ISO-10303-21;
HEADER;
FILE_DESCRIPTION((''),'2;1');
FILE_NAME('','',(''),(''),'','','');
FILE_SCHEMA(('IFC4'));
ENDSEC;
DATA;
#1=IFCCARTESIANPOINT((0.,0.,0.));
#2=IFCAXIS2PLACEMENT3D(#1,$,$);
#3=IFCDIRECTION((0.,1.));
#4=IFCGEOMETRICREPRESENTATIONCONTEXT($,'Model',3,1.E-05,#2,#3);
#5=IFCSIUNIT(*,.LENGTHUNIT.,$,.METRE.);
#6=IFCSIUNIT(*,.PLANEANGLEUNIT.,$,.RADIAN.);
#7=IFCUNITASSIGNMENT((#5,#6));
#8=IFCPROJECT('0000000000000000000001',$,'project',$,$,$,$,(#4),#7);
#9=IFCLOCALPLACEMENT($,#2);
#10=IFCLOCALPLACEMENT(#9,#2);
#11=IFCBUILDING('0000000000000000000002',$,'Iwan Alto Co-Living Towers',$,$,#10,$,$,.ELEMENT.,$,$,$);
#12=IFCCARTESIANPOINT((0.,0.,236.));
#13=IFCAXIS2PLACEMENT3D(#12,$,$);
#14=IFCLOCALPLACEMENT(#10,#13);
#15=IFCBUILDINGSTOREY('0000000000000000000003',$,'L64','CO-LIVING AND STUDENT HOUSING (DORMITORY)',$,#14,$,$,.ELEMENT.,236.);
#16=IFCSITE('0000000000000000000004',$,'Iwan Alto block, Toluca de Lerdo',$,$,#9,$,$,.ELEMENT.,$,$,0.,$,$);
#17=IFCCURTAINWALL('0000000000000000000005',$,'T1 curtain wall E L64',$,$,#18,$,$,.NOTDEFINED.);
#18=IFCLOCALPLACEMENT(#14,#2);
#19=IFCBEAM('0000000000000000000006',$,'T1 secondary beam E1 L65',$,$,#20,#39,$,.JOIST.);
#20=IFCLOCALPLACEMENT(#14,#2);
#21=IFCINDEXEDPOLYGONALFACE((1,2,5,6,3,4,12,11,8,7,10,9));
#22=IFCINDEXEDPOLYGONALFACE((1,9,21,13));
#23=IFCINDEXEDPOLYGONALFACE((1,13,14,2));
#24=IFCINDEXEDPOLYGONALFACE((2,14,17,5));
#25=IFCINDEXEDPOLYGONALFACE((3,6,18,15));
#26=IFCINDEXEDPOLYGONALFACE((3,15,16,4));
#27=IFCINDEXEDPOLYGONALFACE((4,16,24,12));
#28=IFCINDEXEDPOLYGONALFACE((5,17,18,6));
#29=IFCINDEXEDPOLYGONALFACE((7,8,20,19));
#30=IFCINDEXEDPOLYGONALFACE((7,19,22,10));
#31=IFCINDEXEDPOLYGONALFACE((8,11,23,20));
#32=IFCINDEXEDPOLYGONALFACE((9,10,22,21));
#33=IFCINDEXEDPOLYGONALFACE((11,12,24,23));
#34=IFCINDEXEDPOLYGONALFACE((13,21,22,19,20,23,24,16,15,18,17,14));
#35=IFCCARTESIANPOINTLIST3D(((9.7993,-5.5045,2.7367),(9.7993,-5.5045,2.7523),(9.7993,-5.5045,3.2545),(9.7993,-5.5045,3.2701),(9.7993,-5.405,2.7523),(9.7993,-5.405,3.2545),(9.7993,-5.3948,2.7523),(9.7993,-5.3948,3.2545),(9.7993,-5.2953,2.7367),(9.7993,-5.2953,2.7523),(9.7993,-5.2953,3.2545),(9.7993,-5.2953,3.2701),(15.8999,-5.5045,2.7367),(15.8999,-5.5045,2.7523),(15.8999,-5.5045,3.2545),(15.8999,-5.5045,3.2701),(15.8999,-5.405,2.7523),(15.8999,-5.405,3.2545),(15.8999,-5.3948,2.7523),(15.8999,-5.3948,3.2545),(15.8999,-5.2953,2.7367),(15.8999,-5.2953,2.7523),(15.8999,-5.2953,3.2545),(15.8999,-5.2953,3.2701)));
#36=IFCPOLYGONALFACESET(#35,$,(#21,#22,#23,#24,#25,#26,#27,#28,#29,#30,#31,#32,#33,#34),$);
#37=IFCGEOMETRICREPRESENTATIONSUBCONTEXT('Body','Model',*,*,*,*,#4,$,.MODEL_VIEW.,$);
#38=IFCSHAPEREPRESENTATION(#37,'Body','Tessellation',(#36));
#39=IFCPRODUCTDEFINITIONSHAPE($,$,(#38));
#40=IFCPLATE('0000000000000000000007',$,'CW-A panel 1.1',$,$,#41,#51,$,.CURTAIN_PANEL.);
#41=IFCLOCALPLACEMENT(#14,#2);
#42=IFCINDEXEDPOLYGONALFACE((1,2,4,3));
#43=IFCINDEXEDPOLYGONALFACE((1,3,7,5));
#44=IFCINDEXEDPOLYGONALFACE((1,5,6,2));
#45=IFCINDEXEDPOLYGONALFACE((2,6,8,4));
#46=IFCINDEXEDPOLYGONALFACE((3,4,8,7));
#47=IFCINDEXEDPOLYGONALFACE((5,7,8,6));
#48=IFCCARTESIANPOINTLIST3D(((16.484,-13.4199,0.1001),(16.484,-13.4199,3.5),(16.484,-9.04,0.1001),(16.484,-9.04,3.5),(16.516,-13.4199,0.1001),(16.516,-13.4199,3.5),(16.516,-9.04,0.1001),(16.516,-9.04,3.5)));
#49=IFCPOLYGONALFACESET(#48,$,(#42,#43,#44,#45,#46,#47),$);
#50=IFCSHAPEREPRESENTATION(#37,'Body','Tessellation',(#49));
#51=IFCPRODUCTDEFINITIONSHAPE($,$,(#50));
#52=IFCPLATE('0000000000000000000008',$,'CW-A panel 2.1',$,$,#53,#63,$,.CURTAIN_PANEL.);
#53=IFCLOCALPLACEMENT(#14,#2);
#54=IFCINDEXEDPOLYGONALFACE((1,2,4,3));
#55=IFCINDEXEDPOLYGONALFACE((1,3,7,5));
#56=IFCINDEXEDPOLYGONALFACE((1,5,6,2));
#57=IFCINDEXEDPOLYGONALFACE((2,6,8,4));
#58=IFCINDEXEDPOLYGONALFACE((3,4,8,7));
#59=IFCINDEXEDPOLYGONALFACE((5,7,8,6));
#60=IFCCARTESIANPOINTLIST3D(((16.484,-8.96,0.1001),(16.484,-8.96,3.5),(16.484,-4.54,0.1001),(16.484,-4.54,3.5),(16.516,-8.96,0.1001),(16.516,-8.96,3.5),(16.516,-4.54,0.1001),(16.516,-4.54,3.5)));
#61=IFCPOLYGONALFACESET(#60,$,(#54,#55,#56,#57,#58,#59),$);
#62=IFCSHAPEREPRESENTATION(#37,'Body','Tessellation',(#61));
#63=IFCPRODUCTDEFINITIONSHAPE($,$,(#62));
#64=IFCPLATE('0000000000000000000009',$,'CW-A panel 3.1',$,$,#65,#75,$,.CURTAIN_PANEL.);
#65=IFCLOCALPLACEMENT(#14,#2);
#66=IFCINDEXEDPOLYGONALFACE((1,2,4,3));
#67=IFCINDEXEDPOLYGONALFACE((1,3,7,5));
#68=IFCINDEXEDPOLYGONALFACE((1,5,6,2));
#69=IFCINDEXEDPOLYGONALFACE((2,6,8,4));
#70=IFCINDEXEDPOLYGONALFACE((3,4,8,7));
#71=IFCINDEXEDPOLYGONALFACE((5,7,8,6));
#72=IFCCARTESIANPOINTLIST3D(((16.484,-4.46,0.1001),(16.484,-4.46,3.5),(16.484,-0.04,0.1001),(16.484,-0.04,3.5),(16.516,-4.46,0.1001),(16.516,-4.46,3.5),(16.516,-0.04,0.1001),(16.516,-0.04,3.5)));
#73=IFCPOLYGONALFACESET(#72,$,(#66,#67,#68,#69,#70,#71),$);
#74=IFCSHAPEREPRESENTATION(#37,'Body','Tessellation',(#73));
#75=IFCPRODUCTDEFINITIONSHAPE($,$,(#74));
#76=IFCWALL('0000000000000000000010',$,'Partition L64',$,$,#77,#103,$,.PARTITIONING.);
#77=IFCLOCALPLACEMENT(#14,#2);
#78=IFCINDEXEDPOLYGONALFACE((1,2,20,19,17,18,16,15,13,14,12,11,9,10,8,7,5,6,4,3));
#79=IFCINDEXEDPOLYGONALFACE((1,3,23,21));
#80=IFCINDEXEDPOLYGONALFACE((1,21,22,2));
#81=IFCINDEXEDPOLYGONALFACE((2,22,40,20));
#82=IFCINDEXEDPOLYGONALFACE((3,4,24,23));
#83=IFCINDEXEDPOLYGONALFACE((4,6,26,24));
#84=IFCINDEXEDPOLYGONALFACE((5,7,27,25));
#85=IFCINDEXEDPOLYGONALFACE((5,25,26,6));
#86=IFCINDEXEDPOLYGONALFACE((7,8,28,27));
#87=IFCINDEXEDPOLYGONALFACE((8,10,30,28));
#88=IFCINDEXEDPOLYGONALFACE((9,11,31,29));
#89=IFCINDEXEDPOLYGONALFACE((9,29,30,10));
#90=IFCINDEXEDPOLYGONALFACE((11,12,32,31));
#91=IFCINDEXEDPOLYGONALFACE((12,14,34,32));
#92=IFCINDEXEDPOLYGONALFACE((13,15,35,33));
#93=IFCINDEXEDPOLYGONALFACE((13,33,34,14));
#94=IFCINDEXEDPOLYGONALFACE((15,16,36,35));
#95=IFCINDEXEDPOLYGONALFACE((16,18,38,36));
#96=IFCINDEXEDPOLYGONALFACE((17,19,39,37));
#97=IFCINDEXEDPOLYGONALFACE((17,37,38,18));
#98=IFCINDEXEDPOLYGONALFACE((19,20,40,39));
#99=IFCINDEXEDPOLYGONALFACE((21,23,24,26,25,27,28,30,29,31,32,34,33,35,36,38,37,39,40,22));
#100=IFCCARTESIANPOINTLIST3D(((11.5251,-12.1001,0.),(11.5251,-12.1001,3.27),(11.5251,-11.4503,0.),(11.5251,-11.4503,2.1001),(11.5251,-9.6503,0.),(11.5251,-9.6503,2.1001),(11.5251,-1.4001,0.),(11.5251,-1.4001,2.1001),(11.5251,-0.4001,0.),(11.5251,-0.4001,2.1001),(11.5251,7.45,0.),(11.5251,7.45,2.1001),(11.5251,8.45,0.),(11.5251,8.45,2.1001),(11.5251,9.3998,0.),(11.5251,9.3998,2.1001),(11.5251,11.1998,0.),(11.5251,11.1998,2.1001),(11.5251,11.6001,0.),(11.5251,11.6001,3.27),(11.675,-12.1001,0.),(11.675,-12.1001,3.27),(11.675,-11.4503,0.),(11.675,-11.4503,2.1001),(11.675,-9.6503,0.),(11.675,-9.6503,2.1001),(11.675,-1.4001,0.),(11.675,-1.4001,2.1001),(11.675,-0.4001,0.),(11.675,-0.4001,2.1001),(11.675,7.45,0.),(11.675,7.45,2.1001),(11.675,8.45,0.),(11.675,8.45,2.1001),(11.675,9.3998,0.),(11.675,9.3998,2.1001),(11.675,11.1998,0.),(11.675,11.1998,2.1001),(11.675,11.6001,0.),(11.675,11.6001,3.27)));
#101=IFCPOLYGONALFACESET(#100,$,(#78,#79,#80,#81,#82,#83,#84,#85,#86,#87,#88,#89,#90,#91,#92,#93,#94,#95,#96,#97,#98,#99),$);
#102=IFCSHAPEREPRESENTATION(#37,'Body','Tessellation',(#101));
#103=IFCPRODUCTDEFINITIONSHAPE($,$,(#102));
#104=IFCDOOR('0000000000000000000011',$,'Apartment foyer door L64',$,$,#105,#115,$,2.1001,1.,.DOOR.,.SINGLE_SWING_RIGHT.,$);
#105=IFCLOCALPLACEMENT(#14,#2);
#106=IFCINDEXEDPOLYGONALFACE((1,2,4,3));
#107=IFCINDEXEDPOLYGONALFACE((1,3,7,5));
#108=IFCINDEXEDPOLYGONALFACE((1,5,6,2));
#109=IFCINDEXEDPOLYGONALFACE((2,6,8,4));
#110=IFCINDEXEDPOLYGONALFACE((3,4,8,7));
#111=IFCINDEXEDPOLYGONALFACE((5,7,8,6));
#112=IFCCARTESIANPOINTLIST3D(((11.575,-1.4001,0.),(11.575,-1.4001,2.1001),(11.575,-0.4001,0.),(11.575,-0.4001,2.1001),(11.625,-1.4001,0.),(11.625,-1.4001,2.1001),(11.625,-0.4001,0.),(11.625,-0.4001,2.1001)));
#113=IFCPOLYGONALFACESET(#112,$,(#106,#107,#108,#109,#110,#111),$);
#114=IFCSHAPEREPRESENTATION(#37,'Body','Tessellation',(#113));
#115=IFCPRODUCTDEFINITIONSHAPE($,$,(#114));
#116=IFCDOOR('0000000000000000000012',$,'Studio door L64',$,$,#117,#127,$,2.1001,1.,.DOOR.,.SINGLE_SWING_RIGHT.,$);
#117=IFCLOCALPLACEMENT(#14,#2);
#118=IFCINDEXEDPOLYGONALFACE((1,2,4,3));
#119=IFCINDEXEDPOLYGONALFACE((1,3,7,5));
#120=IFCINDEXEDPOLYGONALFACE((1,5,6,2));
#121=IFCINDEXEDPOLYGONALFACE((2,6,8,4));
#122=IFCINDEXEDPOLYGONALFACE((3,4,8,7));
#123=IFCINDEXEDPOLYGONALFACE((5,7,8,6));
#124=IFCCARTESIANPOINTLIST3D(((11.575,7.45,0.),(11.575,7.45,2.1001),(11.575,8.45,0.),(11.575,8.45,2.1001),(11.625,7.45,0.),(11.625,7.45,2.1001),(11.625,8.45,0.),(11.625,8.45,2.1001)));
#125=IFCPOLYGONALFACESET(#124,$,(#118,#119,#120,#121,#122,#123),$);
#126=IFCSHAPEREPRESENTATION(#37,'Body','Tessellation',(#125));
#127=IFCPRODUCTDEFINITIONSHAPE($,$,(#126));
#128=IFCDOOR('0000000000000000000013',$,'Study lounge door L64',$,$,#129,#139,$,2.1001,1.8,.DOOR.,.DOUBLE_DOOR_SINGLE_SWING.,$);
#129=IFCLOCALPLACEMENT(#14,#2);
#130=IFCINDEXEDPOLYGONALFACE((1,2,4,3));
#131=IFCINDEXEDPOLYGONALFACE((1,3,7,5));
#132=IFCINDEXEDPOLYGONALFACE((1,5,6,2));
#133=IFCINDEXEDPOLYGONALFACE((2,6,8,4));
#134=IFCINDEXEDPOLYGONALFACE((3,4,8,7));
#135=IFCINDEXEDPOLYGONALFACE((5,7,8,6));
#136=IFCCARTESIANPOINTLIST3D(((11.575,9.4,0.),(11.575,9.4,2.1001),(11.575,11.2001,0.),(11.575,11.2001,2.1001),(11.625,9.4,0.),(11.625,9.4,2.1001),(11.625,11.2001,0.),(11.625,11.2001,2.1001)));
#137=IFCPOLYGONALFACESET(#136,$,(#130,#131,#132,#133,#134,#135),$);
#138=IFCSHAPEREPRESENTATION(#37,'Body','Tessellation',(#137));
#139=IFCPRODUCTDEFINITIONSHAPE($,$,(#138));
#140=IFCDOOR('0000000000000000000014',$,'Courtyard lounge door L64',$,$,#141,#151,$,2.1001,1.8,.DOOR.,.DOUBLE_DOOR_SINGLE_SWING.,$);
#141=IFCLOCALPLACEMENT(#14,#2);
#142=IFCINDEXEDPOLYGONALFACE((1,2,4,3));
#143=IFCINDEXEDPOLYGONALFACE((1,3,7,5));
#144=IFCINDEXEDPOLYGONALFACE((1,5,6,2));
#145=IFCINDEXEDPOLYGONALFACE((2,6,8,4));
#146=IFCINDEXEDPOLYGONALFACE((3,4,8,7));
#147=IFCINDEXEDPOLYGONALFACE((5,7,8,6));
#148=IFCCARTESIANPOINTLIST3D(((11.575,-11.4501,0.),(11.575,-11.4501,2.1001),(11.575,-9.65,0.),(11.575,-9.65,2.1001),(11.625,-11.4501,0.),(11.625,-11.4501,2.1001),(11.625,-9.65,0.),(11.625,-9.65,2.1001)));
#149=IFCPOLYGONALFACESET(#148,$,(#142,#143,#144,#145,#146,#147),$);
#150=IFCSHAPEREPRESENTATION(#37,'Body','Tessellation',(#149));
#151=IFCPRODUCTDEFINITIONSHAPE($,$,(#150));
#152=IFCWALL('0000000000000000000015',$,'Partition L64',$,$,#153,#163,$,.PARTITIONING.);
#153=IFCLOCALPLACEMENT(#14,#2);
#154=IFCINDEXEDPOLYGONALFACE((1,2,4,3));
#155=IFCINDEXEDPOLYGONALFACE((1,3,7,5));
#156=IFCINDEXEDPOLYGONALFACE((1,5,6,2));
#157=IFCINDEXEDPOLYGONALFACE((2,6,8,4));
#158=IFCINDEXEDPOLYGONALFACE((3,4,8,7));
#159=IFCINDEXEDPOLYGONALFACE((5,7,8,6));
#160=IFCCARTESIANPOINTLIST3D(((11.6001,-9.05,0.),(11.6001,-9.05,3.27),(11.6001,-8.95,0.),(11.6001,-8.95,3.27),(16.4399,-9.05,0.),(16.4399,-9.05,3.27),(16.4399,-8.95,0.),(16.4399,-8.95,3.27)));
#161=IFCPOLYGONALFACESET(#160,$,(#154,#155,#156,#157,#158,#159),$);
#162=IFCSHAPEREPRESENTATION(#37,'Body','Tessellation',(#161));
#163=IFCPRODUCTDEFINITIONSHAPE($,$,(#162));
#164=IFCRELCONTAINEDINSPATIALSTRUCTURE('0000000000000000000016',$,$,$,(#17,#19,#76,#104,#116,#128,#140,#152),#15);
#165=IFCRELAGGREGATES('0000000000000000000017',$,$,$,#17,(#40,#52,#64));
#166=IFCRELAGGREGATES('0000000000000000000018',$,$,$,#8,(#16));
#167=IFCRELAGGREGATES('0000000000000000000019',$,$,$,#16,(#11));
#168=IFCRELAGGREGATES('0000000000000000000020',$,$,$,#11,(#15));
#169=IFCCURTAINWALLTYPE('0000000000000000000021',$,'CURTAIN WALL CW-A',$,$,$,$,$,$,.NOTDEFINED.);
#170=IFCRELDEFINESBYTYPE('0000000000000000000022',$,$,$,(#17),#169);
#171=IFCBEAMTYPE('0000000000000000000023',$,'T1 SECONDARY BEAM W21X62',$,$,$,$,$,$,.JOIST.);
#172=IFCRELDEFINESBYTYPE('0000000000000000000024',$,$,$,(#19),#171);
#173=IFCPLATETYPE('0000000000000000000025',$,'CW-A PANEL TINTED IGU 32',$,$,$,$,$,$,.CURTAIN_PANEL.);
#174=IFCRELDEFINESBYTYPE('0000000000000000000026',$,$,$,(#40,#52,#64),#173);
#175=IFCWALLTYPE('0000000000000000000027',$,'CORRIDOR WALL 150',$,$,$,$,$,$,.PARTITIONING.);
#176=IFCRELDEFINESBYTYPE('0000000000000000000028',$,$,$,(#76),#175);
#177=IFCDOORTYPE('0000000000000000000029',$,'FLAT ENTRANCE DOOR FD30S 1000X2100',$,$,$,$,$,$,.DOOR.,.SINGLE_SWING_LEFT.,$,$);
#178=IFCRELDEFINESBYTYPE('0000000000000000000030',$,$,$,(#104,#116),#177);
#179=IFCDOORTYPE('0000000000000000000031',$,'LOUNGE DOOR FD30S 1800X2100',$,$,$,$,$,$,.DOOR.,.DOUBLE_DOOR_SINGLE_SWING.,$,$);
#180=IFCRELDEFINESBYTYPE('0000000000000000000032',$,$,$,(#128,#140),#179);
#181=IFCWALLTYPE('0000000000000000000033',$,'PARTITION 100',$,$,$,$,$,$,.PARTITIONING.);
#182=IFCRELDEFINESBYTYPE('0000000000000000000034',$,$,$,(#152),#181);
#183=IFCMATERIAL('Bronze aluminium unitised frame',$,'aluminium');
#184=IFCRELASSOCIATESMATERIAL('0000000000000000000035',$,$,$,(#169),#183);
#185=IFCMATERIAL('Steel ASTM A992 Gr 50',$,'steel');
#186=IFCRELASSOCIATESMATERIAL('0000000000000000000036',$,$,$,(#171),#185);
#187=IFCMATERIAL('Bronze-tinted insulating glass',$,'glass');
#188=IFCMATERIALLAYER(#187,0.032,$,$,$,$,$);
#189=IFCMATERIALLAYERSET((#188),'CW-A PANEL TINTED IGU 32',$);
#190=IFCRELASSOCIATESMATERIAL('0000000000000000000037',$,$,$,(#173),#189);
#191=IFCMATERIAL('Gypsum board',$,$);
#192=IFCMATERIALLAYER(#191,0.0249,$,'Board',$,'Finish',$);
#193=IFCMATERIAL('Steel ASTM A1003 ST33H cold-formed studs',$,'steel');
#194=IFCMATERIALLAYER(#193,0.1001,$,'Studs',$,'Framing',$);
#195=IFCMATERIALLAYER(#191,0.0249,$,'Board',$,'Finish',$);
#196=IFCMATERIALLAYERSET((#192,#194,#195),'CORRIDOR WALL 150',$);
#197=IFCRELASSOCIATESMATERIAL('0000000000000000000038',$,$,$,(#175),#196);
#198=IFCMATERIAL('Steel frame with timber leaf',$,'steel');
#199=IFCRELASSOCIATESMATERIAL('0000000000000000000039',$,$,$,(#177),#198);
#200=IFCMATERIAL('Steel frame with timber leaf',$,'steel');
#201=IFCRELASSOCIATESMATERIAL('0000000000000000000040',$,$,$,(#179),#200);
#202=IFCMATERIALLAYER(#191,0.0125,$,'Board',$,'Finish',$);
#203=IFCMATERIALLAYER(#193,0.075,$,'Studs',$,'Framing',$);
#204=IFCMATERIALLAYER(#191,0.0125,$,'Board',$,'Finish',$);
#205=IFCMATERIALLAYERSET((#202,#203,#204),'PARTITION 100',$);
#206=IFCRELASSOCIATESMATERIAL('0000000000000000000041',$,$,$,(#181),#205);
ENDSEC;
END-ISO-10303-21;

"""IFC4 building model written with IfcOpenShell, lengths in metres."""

from ifc_helpers import new_model, si_unit, direction, frame, frame_2d, origin, origin_2d, place, context, subcontext, project, spatial, rectangle, i_section, extrude, material, layer, layer_set, material_profile, profile_set, type_object, element, fill, aggregate, save


model = new_model("IFC4")

# Units and contexts
model_context = context("Model", 3, precision=1e-05, world=origin(), true_north=direction((0.0, 1.0)))
body_context = subcontext(model_context, "Body", "Model", "MODEL_VIEW")
ifc_project = project(units=[si_unit("LENGTHUNIT", "METRE"), si_unit("PLANEANGLEUNIT", "RADIAN")], contexts=[model_context])

# Site, building, storey
site_placement = place(None, origin())
site = spatial("IfcSite", under=ifc_project, at=site_placement, Name="Iwan Alto block, Toluca de Lerdo", CompositionType="ELEMENT", RefElevation=0.0)
building_placement = place(site_placement, origin())
building = spatial("IfcBuilding", under=site, at=building_placement, Name="Iwan Alto Co-Living Towers", CompositionType="ELEMENT")
storey_placement = place(building_placement, frame((0.0, 0.0, 236.0)))
storey = spatial("IfcBuildingStorey", under=building, at=storey_placement, Name="L64", Description="CO-LIVING AND STUDENT HOUSING (DORMITORY)", CompositionType="ELEMENT", Elevation=236.0)

# Curtain wall
ifc_material_1 = material(Name="Bronze aluminium unitised frame", Category="aluminium")
curtain_wall_type = type_object("IfcCurtainWallType", Name="CURTAIN WALL CW-A", PredefinedType="NOTDEFINED", material=ifc_material_1)
curtain_wall_placement = place(storey_placement, origin())
curtain_wall = element("IfcCurtainWall", 1, at=curtain_wall_placement, inside=storey, type_object=curtain_wall_type, Name="T1 curtain wall E L64", PredefinedType="NOTDEFINED")

# Beam
ifc_material_2 = material(Name="Steel ASTM A992 Gr 50", Category="steel")
ifc_material_profile_1 = material_profile(ifc_material_2, i_section(OverallWidth=0.2092, OverallDepth=0.5334, WebThickness=0.0103, FlangeThickness=0.0156, at=origin_2d()), Name="W21X62")
ifc_profile_set_1 = profile_set([ifc_material_profile_1], Name="Steel ASTM A992 Gr 50")
beam_type_1 = type_object("IfcBeamType", Name="T1 SECONDARY BEAM W21X62", PredefinedType="JOIST", material=ifc_profile_set_1)
beam_1_placement = place(storey_placement, frame((15.8999, -5.3999, 3.0034), z_axis=(-1.0, 0.0, 0.0), x_axis=(0.0, -1.0, 0.0)))
element("IfcBeam", 2, at=beam_1_placement, inside=storey, type_object=beam_type_1, Name="T1 secondary beam E1 L65", PredefinedType="JOIST", context=body_context, shape_type="SweptSolid", body=[
    extrude(i_section(OverallWidth=0.2092, OverallDepth=0.5334, WebThickness=0.0103, FlangeThickness=0.0156, at=origin_2d()), origin(), (0.0, 0.0, 1.0), 6.1006),
])

# Plates
ifc_material_3 = material(Name="Bronze-tinted insulating glass", Category="glass")
ifc_layer_1 = layer(ifc_material_3, 0.032)
ifc_layer_set_1 = layer_set([ifc_layer_1], Name="CW-A PANEL TINTED IGU 32")
plate_type = type_object("IfcPlateType", Name="CW-A PANEL TINTED IGU 32", PredefinedType="CURTAIN_PANEL", material=ifc_layer_set_1)
plate_1_placement = place(storey_placement, frame((16.5, -11.23, 0.1001), z_axis=(0.0, 0.0, 1.0), x_axis=(0.0, 1.0, 0.0)))
plate_1 = element("IfcPlate", 3, at=plate_1_placement, type_object=plate_type, Name="CW-A panel 1.1", PredefinedType="CURTAIN_PANEL", context=body_context, shape_type="SweptSolid", body=[
    extrude(rectangle(XDim=4.3799, YDim=0.032, at=origin_2d()), origin(), (0.0, 0.0, 1.0), 3.3999),
])
plate_2_placement = place(storey_placement, frame((16.5, -6.75, 0.1001), z_axis=(0.0, 0.0, 1.0), x_axis=(0.0, 1.0, 0.0)))
plate_2 = element("IfcPlate", 4, at=plate_2_placement, type_object=plate_type, Name="CW-A panel 2.1", PredefinedType="CURTAIN_PANEL", context=body_context, shape_type="SweptSolid", body=[
    extrude(rectangle(XDim=4.4199, YDim=0.032, at=origin_2d()), origin(), (0.0, 0.0, 1.0), 3.3999),
])
plate_3_placement = place(storey_placement, frame((16.5, -2.25, 0.1001), z_axis=(0.0, 0.0, 1.0), x_axis=(0.0, 1.0, 0.0)))
plate_3 = element("IfcPlate", 5, at=plate_3_placement, type_object=plate_type, Name="CW-A panel 3.1", PredefinedType="CURTAIN_PANEL", context=body_context, shape_type="SweptSolid", body=[
    extrude(rectangle(XDim=4.4199, YDim=0.032, at=origin_2d()), origin(), (0.0, 0.0, 1.0), 3.3999),
])
aggregate(curtain_wall, [plate_1, plate_2, plate_3])

# Wall, openings, doors
ifc_material_4 = material(Name="Gypsum board")
ifc_layer_2 = layer(ifc_material_4, 0.0249, Name="Board", Category="Finish")
ifc_material_5 = material(Name="Steel ASTM A1003 ST33H cold-formed studs", Category="steel")
ifc_layer_3 = layer(ifc_material_5, 0.1001, Name="Studs", Category="Framing")
ifc_layer_4 = layer(ifc_material_4, 0.0249, Name="Board", Category="Finish")
ifc_layer_set_2 = layer_set([ifc_layer_2, ifc_layer_3, ifc_layer_4], Name="CORRIDOR WALL 150")
wall_type_1 = type_object("IfcWallType", Name="CORRIDOR WALL 150", PredefinedType="PARTITIONING", material=ifc_layer_set_2)
wall_1_placement = place(storey_placement, frame((11.6001, -12.1001, 0.0), z_axis=(0.0, 0.0, 1.0), x_axis=(0.0, 1.0, 0.0)))
wall_1 = element("IfcWall", 6, at=wall_1_placement, inside=storey, type_object=wall_type_1, Name="Partition L64", PredefinedType="PARTITIONING", context=body_context, shape_type="SweptSolid", body=[
    extrude(rectangle(XDim=23.7002, YDim=0.1499, at=frame_2d((11.8501, 0.0))), origin(), (0.0, 0.0, 1.0), 3.27),
])
opening_1_placement = place(wall_1_placement, frame((10.7, 0.0, 0.0)))
opening_1 = element("IfcOpeningElement", 7, at=opening_1_placement, cuts=wall_1, PredefinedType="OPENING", context=body_context, shape_type="SweptSolid", body=[
    extrude(rectangle(XDim=1.0, YDim=2.1001, at=frame_2d((0.5, 1.05))), frame((0.0, 0.085, 0.0), z_axis=(0.0, -1.0, 0.0), x_axis=(1.0, 0.0, 0.0)), (0.0, 0.0, 1.0), 0.1699),
])
opening_2_placement = place(wall_1_placement, frame((19.55, 0.0, 0.0)))
opening_2 = element("IfcOpeningElement", 8, at=opening_2_placement, cuts=wall_1, PredefinedType="OPENING", context=body_context, shape_type="SweptSolid", body=[
    extrude(rectangle(XDim=1.0, YDim=2.1001, at=frame_2d((0.5, 1.05))), frame((0.0, 0.085, 0.0), z_axis=(0.0, -1.0, 0.0), x_axis=(1.0, 0.0, 0.0)), (0.0, 0.0, 1.0), 0.1699),
])
opening_3_placement = place(wall_1_placement, frame((21.5, 0.0, 0.0)))
opening_3 = element("IfcOpeningElement", 9, at=opening_3_placement, cuts=wall_1, PredefinedType="OPENING", context=body_context, shape_type="SweptSolid", body=[
    extrude(rectangle(XDim=1.8, YDim=2.1001, at=frame_2d((0.8999, 1.05))), frame((0.0, 0.085, 0.0), z_axis=(0.0, -1.0, 0.0), x_axis=(1.0, 0.0, 0.0)), (0.0, 0.0, 1.0), 0.1699),
])
opening_4_placement = place(wall_1_placement, frame((0.6499, 0.0, 0.0)))
opening_4 = element("IfcOpeningElement", 10, at=opening_4_placement, cuts=wall_1, PredefinedType="OPENING", context=body_context, shape_type="SweptSolid", body=[
    extrude(rectangle(XDim=1.8, YDim=2.1001, at=frame_2d((0.8999, 1.05))), frame((0.0, 0.085, 0.0), z_axis=(0.0, -1.0, 0.0), x_axis=(1.0, 0.0, 0.0)), (0.0, 0.0, 1.0), 0.1699),
])
ifc_material_6 = material(Name="Steel frame with timber leaf", Category="steel")
door_type_1 = type_object("IfcDoorType", Name="FLAT ENTRANCE DOOR FD30S 1000X2100", OperationType="SINGLE_SWING_LEFT", PredefinedType="DOOR", material=ifc_material_6)
door_1_placement = place(opening_1_placement, frame((1.0, 0.0, 0.0), z_axis=(0.0, 0.0, 1.0), x_axis=(-1.0, 0.0, 0.0)))
door_1 = element("IfcDoor", 11, at=door_1_placement, inside=storey, type_object=door_type_1, Name="Apartment foyer door L64", OperationType="SINGLE_SWING_RIGHT", OverallHeight=2.1001, OverallWidth=1.0, PredefinedType="DOOR", context=body_context, shape_type="SweptSolid", body=[
    extrude(rectangle(XDim=1.0, YDim=2.1001, at=frame_2d((0.5, 1.05))), frame((0.0, 0.0249, 0.0), z_axis=(0.0, -1.0, 0.0), x_axis=(1.0, 0.0, 0.0)), (0.0, 0.0, 1.0), 0.05),
])
fill(opening_1, door_1)
door_2_placement = place(opening_2_placement, frame((1.0, 0.0, 0.0), z_axis=(0.0, 0.0, 1.0), x_axis=(-1.0, 0.0, 0.0)))
door_2 = element("IfcDoor", 12, at=door_2_placement, inside=storey, type_object=door_type_1, Name="Studio door L64", OperationType="SINGLE_SWING_RIGHT", OverallHeight=2.1001, OverallWidth=1.0, PredefinedType="DOOR", context=body_context, shape_type="SweptSolid", body=[
    extrude(rectangle(XDim=1.0, YDim=2.1001, at=frame_2d((0.5, 1.05))), frame((0.0, 0.0249, 0.0), z_axis=(0.0, -1.0, 0.0), x_axis=(1.0, 0.0, 0.0)), (0.0, 0.0, 1.0), 0.05),
])
fill(opening_2, door_2)
ifc_material_7 = material(Name="Steel frame with timber leaf", Category="steel")
door_type_2 = type_object("IfcDoorType", Name="LOUNGE DOOR FD30S 1800X2100", OperationType="DOUBLE_DOOR_SINGLE_SWING", PredefinedType="DOOR", material=ifc_material_7)
door_3_placement = place(opening_3_placement, frame((1.8, 0.0, 0.0), z_axis=(0.0, 0.0, 1.0), x_axis=(-1.0, 0.0, 0.0)))
door_3 = element("IfcDoor", 13, at=door_3_placement, inside=storey, type_object=door_type_2, Name="Study lounge door L64", OperationType="DOUBLE_DOOR_SINGLE_SWING", OverallHeight=2.1001, OverallWidth=1.8, PredefinedType="DOOR", context=body_context, shape_type="SweptSolid", body=[
    extrude(rectangle(XDim=1.8, YDim=2.1001, at=frame_2d((0.8999, 1.05))), frame((0.0, 0.0249, 0.0), z_axis=(0.0, -1.0, 0.0), x_axis=(1.0, 0.0, 0.0)), (0.0, 0.0, 1.0), 0.05),
])
fill(opening_3, door_3)
door_4_placement = place(opening_4_placement, frame((1.8, 0.0, 0.0), z_axis=(0.0, 0.0, 1.0), x_axis=(-1.0, 0.0, 0.0)))
door_4 = element("IfcDoor", 14, at=door_4_placement, inside=storey, type_object=door_type_2, Name="Courtyard lounge door L64", OperationType="DOUBLE_DOOR_SINGLE_SWING", OverallHeight=2.1001, OverallWidth=1.8, PredefinedType="DOOR", context=body_context, shape_type="SweptSolid", body=[
    extrude(rectangle(XDim=1.8, YDim=2.1001, at=frame_2d((0.8999, 1.05))), frame((0.0, 0.0249, 0.0), z_axis=(0.0, -1.0, 0.0), x_axis=(1.0, 0.0, 0.0)), (0.0, 0.0, 1.0), 0.05),
])
fill(opening_4, door_4)

# Wall
ifc_layer_5 = layer(ifc_material_4, 0.0125, Name="Board", Category="Finish")
ifc_layer_6 = layer(ifc_material_5, 0.075, Name="Studs", Category="Framing")
ifc_layer_7 = layer(ifc_material_4, 0.0125, Name="Board", Category="Finish")
ifc_layer_set_3 = layer_set([ifc_layer_5, ifc_layer_6, ifc_layer_7], Name="PARTITION 100")
wall_type_2 = type_object("IfcWallType", Name="PARTITION 100", PredefinedType="PARTITIONING", material=ifc_layer_set_3)
wall_2_placement = place(storey_placement, frame((11.6001, -9.0, 0.0), z_axis=(0.0, 0.0, 1.0), x_axis=(1.0, 0.0, 0.0)))
element("IfcWall", 15, at=wall_2_placement, inside=storey, type_object=wall_type_2, Name="Partition L64", PredefinedType="PARTITIONING", context=body_context, shape_type="SweptSolid", body=[
    extrude(rectangle(XDim=4.8398, YDim=0.1001, at=frame_2d((2.4199, 0.0))), origin(), (0.0, 0.0, 1.0), 3.27),
])

save(model, "model.ifc")
